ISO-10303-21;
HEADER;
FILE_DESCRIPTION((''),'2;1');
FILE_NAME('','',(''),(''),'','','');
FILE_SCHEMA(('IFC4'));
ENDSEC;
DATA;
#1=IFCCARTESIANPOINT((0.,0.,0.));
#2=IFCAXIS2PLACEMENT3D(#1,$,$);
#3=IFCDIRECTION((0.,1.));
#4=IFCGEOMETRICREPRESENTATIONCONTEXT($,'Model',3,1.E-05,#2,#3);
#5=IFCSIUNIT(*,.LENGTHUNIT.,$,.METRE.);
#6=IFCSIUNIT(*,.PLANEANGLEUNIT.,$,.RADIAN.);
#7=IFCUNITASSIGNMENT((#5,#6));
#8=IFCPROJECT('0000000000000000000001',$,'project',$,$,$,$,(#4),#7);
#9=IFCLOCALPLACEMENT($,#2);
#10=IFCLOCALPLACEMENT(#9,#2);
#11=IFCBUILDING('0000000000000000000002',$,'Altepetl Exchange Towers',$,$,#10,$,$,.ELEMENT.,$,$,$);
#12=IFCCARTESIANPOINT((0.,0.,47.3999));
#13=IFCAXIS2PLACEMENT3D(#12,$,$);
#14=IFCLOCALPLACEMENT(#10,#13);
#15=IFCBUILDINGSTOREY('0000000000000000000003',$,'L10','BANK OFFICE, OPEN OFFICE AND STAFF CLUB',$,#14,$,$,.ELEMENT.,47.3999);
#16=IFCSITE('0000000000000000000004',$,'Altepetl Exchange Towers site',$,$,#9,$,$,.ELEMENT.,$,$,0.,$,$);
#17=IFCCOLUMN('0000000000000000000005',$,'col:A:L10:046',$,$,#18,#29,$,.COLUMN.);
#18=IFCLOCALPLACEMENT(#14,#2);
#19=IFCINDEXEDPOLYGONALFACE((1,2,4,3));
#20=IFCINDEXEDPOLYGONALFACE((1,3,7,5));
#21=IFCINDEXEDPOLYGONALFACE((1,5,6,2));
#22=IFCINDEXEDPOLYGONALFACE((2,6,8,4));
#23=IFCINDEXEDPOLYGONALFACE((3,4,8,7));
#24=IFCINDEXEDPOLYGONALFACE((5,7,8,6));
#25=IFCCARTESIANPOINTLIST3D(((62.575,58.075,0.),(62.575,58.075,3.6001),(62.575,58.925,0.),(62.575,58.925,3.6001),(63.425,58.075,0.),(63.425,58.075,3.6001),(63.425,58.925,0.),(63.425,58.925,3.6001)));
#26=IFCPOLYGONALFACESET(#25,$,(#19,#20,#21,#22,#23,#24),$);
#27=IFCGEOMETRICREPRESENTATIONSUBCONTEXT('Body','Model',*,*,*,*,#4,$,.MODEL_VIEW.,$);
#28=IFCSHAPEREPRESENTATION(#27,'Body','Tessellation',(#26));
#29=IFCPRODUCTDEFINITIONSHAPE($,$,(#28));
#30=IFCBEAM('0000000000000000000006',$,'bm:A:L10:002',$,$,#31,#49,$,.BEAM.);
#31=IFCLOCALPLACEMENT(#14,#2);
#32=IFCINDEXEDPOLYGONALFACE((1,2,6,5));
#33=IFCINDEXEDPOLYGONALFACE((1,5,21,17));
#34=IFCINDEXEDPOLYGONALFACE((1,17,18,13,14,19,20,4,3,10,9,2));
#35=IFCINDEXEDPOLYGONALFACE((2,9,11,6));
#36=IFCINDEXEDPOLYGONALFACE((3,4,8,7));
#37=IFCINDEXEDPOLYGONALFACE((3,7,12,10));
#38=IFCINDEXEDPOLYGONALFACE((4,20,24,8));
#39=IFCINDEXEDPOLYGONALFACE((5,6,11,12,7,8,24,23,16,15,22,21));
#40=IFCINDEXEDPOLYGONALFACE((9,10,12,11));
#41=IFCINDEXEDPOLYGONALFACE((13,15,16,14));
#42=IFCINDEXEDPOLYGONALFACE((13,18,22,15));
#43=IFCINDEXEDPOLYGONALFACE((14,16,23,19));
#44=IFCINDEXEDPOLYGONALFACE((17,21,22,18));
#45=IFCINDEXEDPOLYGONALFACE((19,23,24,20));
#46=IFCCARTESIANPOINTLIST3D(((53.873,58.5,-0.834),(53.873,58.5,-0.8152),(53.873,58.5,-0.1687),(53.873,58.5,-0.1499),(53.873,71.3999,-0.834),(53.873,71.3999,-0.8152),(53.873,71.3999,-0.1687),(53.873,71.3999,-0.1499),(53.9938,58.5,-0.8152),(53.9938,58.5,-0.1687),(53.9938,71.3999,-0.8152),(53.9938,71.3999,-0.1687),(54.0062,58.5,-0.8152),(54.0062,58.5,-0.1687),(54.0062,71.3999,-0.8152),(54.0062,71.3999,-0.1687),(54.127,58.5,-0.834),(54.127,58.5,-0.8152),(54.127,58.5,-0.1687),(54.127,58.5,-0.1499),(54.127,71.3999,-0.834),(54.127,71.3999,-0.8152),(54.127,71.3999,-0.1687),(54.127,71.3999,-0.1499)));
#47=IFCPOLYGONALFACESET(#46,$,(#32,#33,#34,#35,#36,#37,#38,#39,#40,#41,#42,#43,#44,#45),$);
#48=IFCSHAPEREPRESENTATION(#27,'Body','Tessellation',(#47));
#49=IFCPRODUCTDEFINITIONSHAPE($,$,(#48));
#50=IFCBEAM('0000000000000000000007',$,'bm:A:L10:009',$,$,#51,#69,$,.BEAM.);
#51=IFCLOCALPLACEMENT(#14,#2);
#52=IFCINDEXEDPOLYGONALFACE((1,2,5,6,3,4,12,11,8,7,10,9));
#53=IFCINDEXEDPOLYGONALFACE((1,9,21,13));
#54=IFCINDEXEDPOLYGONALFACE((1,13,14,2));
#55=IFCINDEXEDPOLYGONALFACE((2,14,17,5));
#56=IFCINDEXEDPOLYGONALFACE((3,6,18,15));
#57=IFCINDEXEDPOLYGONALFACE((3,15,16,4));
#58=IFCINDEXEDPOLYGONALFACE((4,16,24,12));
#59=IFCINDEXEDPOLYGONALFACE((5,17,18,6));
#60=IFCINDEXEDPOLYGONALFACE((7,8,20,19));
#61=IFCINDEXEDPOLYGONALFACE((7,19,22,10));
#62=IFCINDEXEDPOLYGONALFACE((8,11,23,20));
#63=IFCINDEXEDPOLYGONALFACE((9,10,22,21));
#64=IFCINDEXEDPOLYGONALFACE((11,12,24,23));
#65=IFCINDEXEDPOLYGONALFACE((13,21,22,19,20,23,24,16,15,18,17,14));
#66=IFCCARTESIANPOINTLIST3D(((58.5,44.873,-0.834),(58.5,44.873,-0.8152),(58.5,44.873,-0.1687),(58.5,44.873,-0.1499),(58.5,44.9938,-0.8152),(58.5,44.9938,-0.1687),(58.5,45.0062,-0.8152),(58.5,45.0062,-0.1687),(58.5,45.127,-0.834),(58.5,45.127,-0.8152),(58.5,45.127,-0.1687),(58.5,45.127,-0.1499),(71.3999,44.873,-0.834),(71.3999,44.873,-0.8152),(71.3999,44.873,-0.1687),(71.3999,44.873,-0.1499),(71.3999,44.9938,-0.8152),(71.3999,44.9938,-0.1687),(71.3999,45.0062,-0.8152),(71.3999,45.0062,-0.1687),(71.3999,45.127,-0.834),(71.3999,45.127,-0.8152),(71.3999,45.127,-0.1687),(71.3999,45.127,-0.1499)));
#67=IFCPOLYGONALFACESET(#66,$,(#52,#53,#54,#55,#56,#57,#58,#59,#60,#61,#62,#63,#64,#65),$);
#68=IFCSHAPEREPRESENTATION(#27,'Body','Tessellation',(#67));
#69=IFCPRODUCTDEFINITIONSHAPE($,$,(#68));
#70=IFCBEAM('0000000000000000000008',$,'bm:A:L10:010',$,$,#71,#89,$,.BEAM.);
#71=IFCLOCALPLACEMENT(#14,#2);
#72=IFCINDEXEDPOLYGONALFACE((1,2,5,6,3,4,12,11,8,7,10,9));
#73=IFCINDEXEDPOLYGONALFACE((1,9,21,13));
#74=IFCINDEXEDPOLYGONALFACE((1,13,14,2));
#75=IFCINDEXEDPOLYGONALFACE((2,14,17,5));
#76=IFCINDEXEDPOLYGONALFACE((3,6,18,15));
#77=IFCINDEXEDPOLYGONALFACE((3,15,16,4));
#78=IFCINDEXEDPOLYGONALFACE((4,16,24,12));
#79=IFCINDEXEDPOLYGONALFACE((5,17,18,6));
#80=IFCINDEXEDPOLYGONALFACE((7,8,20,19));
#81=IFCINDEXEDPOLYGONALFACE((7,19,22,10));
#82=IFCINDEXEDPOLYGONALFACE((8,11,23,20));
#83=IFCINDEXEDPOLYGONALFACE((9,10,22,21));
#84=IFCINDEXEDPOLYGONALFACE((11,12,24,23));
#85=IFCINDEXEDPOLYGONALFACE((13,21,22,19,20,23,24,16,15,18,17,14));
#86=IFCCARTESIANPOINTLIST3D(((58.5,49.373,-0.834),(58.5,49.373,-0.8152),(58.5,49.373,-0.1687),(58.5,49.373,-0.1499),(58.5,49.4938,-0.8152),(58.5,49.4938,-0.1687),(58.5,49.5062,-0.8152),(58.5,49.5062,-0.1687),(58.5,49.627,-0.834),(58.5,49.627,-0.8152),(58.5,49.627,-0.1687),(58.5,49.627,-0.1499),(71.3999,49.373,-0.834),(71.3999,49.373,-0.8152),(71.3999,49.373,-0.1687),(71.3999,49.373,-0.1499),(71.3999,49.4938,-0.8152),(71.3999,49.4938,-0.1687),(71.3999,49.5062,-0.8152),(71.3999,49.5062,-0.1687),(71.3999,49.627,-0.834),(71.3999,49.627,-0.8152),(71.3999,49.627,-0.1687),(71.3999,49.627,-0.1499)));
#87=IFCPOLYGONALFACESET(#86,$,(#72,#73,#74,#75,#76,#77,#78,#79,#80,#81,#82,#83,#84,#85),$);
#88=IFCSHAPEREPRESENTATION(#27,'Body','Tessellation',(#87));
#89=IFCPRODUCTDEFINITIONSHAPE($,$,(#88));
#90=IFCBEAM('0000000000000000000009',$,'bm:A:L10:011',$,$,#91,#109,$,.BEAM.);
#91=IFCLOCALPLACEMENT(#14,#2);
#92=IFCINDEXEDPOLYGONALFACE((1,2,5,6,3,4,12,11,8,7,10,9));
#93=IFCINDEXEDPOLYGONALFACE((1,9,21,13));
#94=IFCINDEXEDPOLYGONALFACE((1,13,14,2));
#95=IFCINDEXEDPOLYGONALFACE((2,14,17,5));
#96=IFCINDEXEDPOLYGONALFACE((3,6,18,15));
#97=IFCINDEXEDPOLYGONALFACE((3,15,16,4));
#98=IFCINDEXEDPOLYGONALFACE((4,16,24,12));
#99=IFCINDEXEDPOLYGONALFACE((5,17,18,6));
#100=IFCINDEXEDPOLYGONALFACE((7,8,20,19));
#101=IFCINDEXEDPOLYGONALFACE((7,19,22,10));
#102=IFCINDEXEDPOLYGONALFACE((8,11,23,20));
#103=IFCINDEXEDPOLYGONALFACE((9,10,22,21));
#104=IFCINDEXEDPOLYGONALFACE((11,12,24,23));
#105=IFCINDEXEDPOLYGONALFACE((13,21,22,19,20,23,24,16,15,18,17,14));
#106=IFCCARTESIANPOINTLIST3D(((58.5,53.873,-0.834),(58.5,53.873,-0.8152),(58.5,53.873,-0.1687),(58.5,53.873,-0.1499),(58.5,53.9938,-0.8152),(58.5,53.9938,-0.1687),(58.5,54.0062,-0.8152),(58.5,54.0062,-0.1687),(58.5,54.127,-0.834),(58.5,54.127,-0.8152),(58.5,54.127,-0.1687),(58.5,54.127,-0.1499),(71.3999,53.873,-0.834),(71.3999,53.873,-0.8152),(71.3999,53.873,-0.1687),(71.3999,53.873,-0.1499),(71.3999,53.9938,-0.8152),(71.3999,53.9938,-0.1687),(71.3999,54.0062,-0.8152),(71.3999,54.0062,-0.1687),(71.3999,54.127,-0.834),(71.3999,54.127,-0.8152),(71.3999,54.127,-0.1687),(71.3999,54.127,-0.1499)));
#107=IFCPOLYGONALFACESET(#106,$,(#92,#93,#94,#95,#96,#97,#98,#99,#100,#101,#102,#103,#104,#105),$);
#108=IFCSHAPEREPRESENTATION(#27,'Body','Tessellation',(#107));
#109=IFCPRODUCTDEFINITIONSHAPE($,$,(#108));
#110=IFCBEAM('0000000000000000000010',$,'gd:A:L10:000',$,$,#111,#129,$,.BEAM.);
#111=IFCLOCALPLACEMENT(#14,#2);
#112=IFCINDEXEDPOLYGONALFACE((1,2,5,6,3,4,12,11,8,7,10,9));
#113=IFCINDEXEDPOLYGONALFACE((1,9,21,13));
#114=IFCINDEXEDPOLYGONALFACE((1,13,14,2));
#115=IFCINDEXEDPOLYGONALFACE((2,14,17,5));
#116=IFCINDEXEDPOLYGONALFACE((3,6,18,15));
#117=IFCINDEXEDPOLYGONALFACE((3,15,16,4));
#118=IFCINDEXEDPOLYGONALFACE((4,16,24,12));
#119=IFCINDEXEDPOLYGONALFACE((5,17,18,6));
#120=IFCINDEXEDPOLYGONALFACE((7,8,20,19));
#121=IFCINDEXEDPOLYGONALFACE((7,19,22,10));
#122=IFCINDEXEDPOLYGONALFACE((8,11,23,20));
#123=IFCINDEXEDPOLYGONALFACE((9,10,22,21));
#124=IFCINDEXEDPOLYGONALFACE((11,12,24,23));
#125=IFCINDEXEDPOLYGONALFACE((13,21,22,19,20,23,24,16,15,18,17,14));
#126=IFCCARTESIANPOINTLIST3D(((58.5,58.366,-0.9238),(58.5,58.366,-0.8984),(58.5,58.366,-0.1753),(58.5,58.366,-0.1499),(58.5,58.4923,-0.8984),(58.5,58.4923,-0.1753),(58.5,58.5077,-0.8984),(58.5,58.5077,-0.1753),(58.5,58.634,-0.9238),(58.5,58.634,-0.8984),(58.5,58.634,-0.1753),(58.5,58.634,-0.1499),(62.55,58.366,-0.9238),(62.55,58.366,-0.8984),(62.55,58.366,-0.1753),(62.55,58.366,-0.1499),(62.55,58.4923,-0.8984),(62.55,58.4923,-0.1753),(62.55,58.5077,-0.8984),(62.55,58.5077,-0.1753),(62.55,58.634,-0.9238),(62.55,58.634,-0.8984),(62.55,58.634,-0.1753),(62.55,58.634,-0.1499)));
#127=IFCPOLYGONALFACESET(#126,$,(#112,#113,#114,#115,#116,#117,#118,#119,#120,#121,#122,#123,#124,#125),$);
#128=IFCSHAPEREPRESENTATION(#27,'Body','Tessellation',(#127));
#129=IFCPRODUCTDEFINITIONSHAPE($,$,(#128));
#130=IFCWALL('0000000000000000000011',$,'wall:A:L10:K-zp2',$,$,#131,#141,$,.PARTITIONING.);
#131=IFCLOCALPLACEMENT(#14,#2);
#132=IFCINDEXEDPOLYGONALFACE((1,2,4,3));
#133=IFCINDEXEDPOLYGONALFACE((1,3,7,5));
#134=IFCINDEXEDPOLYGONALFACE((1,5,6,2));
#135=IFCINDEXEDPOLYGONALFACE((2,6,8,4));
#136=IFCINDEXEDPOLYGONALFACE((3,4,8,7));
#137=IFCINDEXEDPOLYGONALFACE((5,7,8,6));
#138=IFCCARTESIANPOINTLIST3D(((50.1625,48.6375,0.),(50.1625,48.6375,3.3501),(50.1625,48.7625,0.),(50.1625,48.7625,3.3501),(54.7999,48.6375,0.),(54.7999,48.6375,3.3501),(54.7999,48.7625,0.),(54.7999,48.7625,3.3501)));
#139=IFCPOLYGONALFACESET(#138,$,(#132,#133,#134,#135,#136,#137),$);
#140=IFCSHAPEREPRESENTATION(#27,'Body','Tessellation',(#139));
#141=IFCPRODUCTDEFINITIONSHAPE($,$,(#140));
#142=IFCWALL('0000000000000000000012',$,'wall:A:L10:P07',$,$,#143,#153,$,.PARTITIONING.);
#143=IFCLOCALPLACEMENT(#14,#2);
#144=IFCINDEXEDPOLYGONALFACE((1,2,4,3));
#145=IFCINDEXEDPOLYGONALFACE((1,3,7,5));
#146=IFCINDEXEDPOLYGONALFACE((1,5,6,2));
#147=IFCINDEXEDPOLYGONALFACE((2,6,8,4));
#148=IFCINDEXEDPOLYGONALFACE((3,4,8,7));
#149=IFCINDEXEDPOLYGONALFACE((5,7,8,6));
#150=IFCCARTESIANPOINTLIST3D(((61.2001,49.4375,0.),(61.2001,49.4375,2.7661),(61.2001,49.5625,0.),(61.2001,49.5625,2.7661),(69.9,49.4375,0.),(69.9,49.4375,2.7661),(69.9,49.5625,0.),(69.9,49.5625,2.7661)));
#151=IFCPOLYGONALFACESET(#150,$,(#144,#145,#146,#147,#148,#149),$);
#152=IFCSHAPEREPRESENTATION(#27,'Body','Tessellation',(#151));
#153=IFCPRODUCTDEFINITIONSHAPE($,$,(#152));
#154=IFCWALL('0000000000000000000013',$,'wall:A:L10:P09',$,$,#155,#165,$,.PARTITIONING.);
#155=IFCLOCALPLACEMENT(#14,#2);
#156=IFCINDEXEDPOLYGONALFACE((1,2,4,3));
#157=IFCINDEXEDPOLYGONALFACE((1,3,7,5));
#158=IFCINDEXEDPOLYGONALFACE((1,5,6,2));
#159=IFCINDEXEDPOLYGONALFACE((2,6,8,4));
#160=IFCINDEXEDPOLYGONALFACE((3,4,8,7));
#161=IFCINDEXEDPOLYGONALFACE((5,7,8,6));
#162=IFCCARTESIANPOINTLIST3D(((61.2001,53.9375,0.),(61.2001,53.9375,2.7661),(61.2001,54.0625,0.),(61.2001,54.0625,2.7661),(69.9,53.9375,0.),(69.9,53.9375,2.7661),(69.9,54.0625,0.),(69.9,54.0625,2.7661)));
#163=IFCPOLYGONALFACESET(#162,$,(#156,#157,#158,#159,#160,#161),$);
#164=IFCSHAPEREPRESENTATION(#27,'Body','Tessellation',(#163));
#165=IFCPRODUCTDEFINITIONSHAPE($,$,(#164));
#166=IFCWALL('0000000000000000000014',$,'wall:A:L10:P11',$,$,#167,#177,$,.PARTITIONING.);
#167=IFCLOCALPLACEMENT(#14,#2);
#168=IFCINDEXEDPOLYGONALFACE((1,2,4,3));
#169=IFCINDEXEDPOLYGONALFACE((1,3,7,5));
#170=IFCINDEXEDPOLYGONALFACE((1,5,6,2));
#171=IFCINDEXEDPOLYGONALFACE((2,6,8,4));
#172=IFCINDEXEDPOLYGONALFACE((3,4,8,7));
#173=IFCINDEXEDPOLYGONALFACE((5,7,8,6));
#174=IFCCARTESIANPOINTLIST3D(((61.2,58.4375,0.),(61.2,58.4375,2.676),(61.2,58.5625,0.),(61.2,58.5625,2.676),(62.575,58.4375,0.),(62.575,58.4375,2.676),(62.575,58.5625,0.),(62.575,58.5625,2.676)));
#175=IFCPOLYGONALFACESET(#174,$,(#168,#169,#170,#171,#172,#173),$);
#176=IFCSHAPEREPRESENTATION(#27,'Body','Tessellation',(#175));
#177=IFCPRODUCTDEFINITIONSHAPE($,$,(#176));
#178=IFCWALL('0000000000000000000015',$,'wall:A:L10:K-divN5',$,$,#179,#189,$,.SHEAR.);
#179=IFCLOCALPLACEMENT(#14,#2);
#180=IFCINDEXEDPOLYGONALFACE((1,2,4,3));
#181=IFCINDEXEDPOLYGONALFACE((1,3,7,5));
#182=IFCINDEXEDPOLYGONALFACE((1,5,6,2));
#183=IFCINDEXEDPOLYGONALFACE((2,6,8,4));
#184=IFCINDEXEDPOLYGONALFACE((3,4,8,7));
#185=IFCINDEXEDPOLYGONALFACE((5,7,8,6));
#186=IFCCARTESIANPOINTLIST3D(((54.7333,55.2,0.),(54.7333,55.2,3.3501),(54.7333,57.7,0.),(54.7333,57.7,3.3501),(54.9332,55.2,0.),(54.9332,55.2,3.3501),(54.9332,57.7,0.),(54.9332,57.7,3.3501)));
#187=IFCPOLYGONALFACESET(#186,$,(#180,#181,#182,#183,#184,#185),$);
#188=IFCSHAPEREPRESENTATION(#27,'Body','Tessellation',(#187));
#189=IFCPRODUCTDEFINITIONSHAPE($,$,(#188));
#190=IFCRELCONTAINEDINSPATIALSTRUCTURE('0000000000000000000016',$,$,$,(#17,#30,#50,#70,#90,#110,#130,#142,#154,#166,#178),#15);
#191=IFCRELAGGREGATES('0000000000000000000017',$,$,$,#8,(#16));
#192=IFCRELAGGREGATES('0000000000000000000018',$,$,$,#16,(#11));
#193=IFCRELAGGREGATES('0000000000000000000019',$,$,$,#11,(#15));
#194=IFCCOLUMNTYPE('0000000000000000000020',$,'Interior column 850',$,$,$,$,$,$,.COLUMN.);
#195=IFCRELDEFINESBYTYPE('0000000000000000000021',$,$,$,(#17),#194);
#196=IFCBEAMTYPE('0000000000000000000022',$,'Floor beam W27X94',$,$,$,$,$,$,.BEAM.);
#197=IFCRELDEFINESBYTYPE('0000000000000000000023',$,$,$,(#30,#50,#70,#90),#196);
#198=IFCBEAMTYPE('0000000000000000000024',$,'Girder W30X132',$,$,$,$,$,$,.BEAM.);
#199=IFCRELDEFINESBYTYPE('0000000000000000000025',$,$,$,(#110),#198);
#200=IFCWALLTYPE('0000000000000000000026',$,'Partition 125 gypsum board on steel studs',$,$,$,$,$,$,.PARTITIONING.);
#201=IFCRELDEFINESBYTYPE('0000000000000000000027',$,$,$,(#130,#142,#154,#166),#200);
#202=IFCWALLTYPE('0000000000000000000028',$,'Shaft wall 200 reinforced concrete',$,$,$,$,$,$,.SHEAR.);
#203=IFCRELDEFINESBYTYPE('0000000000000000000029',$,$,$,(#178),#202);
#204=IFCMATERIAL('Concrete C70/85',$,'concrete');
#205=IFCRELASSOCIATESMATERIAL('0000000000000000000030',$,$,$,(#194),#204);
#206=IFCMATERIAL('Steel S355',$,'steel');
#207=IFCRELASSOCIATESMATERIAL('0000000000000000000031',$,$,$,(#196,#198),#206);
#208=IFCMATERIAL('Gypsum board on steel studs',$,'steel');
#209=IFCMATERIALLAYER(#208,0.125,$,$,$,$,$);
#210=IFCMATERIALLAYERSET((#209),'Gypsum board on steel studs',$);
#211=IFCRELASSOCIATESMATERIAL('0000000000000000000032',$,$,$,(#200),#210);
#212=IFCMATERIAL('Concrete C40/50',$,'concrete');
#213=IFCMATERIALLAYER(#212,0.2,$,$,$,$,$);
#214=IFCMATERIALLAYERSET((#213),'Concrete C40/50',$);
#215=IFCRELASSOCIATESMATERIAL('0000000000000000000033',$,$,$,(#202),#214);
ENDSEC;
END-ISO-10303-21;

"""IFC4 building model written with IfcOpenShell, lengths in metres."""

from ifc_helpers import new_model, si_unit, direction, frame, frame_2d, origin, origin_2d, place, context, subcontext, project, spatial, rectangle, i_section, extrude, material, layer, layer_set, material_profile, profile_set, type_object, element, save


model = new_model("IFC4")

# Units and contexts
model_context = context("Model", 3, precision=1e-05, world=origin(), true_north=direction((0.0, 1.0)))
body_context = subcontext(model_context, "Body", "Model", "MODEL_VIEW")
ifc_project = project(units=[si_unit("LENGTHUNIT", "METRE"), si_unit("PLANEANGLEUNIT", "RADIAN")], contexts=[model_context])

# Site, building, storey
site_placement = place(None, origin())
site = spatial("IfcSite", under=ifc_project, at=site_placement, Name="Altepetl Exchange Towers site", CompositionType="ELEMENT", RefElevation=0.0)
building_placement = place(site_placement, origin())
building = spatial("IfcBuilding", under=site, at=building_placement, Name="Altepetl Exchange Towers", CompositionType="ELEMENT")
storey_placement = place(building_placement, frame((0.0, 0.0, 47.3999)))
storey = spatial("IfcBuildingStorey", under=building, at=storey_placement, Name="L10", Description="BANK OFFICE, OPEN OFFICE AND STAFF CLUB", CompositionType="ELEMENT", Elevation=47.3999)

# Column
ifc_material_1 = material(Name="Concrete C70/85", Category="concrete")
ifc_material_profile_1 = material_profile(ifc_material_1, rectangle(XDim=0.8501, YDim=0.8501, at=origin_2d()), Name="850 x 850")
ifc_profile_set_1 = profile_set([ifc_material_profile_1], Name="Concrete C70/85")
column_type = type_object("IfcColumnType", Name="Interior column 850", PredefinedType="COLUMN", material=ifc_profile_set_1)
column_placement = place(storey_placement, frame((63.0, 58.5, 0.0)))
element("IfcColumn", 1, at=column_placement, inside=storey, type_object=column_type, Name="col:A:L10:046", PredefinedType="COLUMN", context=body_context, shape_type="SweptSolid", body=[
    extrude(rectangle(XDim=0.8501, YDim=0.8501, at=origin_2d()), origin(), (0.0, 0.0, 1.0), 3.6001),
])

# Beams
ifc_material_2 = material(Name="Steel S355", Category="steel")
ifc_material_profile_2 = material_profile(ifc_material_2, i_section(OverallWidth=0.2539, OverallDepth=0.6841, WebThickness=0.0125, FlangeThickness=0.0188, at=origin_2d()), Name="W27X94")
ifc_profile_set_2 = profile_set([ifc_material_profile_2], Name="Steel S355")
beam_type_1 = type_object("IfcBeamType", Name="Floor beam W27X94", PredefinedType="BEAM", material=ifc_profile_set_2)
for number, where, z_axis, x_axis, name in (
    (2, (54.0, 58.5, -0.4919), (0.0, 1.0, 0.0), (-1.0, 0.0, 0.0), "bm:A:L10:002"),
    (3, (58.5, 45.0, -0.4919), (1.0, 0.0, 0.0), (0.0, 1.0, 0.0), "bm:A:L10:009"),
    (4, (58.5, 49.5, -0.4919), (1.0, 0.0, 0.0), (0.0, 1.0, 0.0), "bm:A:L10:010"),
    (5, (58.5, 54.0, -0.4919), (1.0, 0.0, 0.0), (0.0, 1.0, 0.0), "bm:A:L10:011"),
):
    element("IfcBeam", number, at=place(storey_placement, frame(where, z_axis=z_axis, x_axis=x_axis)), inside=storey, type_object=beam_type_1, Name=name, PredefinedType="BEAM", context=body_context, shape_type="SweptSolid", body=[
        extrude(i_section(OverallWidth=0.2539, OverallDepth=0.6841, WebThickness=0.0125, FlangeThickness=0.0188, at=origin_2d()), origin(), (0.0, 0.0, 1.0), 12.8999),
    ])
ifc_material_profile_3 = material_profile(ifc_material_2, i_section(OverallWidth=0.2681, OverallDepth=0.7739, WebThickness=0.0154, FlangeThickness=0.0254, at=origin_2d()), Name="W30X132")
ifc_profile_set_3 = profile_set([ifc_material_profile_3], Name="Steel S355")
beam_type_2 = type_object("IfcBeamType", Name="Girder W30X132", PredefinedType="BEAM", material=ifc_profile_set_3)
beam_placement = place(storey_placement, frame((58.5, 58.5, -0.5369), z_axis=(1.0, 0.0, 0.0), x_axis=(0.0, 1.0, 0.0)))
element("IfcBeam", 6, at=beam_placement, inside=storey, type_object=beam_type_2, Name="gd:A:L10:000", PredefinedType="BEAM", context=body_context, shape_type="SweptSolid", body=[
    extrude(i_section(OverallWidth=0.2681, OverallDepth=0.7739, WebThickness=0.0154, FlangeThickness=0.0254, at=origin_2d()), origin(), (0.0, 0.0, 1.0), 4.05),
])

# Walls
ifc_material_3 = material(Name="Gypsum board on steel studs", Category="steel")
ifc_layer_1 = layer(ifc_material_3, 0.125)
ifc_layer_set_1 = layer_set([ifc_layer_1], Name="Gypsum board on steel studs")
wall_type_1 = type_object("IfcWallType", Name="Partition 125 gypsum board on steel studs", PredefinedType="PARTITIONING", material=ifc_layer_set_1)
wall_1_placement = place(storey_placement, frame((54.8, 48.7, 0.0), z_axis=(0.0, 0.0, 1.0), x_axis=(-1.0, 0.0, 0.0)))
element("IfcWall", 7, at=wall_1_placement, inside=storey, type_object=wall_type_1, Name="wall:A:L10:K-zp2", PredefinedType="PARTITIONING", context=body_context, shape_type="SweptSolid", body=[
    extrude(rectangle(XDim=4.6375, YDim=0.125, at=frame_2d((2.3188, 0.0))), origin(), (0.0, 0.0, 1.0), 3.3501),
])
for number, where, name in (
    (8, (61.2, 49.5, 0.0), "wall:A:L10:P07"),
    (9, (61.2, 54.0, 0.0), "wall:A:L10:P09"),
):
    element("IfcWall", number, at=place(storey_placement, frame(where)), inside=storey, type_object=wall_type_1, Name=name, PredefinedType="PARTITIONING", context=body_context, shape_type="SweptSolid", body=[
        extrude(rectangle(XDim=8.7, YDim=0.125, at=frame_2d((4.3501, 0.0))), origin(), (0.0, 0.0, 1.0), 2.7661),
    ])
wall_2_placement = place(storey_placement, frame((61.2, 58.5, 0.0)))
element("IfcWall", 10, at=wall_2_placement, inside=storey, type_object=wall_type_1, Name="wall:A:L10:P11", PredefinedType="PARTITIONING", context=body_context, shape_type="SweptSolid", body=[
    extrude(rectangle(XDim=1.375, YDim=0.125, at=frame_2d((0.6875, 0.0))), origin(), (0.0, 0.0, 1.0), 2.676),
])
ifc_material_4 = material(Name="Concrete C40/50", Category="concrete")
ifc_layer_2 = layer(ifc_material_4, 0.2)
ifc_layer_set_2 = layer_set([ifc_layer_2], Name="Concrete C40/50")
wall_type_2 = type_object("IfcWallType", Name="Shaft wall 200 reinforced concrete", PredefinedType="SHEAR", material=ifc_layer_set_2)
wall_3_placement = place(storey_placement, frame((54.8333, 57.7, 0.0), z_axis=(0.0, 0.0, 1.0), x_axis=(0.0, -1.0, 0.0)))
element("IfcWall", 11, at=wall_3_placement, inside=storey, type_object=wall_type_2, Name="wall:A:L10:K-divN5", PredefinedType="SHEAR", context=body_context, shape_type="SweptSolid", body=[
    extrude(rectangle(XDim=2.5, YDim=0.2, at=frame_2d((1.25, 0.0))), origin(), (0.0, 0.0, 1.0), 3.3501),
])

save(model, "model.ifc")
